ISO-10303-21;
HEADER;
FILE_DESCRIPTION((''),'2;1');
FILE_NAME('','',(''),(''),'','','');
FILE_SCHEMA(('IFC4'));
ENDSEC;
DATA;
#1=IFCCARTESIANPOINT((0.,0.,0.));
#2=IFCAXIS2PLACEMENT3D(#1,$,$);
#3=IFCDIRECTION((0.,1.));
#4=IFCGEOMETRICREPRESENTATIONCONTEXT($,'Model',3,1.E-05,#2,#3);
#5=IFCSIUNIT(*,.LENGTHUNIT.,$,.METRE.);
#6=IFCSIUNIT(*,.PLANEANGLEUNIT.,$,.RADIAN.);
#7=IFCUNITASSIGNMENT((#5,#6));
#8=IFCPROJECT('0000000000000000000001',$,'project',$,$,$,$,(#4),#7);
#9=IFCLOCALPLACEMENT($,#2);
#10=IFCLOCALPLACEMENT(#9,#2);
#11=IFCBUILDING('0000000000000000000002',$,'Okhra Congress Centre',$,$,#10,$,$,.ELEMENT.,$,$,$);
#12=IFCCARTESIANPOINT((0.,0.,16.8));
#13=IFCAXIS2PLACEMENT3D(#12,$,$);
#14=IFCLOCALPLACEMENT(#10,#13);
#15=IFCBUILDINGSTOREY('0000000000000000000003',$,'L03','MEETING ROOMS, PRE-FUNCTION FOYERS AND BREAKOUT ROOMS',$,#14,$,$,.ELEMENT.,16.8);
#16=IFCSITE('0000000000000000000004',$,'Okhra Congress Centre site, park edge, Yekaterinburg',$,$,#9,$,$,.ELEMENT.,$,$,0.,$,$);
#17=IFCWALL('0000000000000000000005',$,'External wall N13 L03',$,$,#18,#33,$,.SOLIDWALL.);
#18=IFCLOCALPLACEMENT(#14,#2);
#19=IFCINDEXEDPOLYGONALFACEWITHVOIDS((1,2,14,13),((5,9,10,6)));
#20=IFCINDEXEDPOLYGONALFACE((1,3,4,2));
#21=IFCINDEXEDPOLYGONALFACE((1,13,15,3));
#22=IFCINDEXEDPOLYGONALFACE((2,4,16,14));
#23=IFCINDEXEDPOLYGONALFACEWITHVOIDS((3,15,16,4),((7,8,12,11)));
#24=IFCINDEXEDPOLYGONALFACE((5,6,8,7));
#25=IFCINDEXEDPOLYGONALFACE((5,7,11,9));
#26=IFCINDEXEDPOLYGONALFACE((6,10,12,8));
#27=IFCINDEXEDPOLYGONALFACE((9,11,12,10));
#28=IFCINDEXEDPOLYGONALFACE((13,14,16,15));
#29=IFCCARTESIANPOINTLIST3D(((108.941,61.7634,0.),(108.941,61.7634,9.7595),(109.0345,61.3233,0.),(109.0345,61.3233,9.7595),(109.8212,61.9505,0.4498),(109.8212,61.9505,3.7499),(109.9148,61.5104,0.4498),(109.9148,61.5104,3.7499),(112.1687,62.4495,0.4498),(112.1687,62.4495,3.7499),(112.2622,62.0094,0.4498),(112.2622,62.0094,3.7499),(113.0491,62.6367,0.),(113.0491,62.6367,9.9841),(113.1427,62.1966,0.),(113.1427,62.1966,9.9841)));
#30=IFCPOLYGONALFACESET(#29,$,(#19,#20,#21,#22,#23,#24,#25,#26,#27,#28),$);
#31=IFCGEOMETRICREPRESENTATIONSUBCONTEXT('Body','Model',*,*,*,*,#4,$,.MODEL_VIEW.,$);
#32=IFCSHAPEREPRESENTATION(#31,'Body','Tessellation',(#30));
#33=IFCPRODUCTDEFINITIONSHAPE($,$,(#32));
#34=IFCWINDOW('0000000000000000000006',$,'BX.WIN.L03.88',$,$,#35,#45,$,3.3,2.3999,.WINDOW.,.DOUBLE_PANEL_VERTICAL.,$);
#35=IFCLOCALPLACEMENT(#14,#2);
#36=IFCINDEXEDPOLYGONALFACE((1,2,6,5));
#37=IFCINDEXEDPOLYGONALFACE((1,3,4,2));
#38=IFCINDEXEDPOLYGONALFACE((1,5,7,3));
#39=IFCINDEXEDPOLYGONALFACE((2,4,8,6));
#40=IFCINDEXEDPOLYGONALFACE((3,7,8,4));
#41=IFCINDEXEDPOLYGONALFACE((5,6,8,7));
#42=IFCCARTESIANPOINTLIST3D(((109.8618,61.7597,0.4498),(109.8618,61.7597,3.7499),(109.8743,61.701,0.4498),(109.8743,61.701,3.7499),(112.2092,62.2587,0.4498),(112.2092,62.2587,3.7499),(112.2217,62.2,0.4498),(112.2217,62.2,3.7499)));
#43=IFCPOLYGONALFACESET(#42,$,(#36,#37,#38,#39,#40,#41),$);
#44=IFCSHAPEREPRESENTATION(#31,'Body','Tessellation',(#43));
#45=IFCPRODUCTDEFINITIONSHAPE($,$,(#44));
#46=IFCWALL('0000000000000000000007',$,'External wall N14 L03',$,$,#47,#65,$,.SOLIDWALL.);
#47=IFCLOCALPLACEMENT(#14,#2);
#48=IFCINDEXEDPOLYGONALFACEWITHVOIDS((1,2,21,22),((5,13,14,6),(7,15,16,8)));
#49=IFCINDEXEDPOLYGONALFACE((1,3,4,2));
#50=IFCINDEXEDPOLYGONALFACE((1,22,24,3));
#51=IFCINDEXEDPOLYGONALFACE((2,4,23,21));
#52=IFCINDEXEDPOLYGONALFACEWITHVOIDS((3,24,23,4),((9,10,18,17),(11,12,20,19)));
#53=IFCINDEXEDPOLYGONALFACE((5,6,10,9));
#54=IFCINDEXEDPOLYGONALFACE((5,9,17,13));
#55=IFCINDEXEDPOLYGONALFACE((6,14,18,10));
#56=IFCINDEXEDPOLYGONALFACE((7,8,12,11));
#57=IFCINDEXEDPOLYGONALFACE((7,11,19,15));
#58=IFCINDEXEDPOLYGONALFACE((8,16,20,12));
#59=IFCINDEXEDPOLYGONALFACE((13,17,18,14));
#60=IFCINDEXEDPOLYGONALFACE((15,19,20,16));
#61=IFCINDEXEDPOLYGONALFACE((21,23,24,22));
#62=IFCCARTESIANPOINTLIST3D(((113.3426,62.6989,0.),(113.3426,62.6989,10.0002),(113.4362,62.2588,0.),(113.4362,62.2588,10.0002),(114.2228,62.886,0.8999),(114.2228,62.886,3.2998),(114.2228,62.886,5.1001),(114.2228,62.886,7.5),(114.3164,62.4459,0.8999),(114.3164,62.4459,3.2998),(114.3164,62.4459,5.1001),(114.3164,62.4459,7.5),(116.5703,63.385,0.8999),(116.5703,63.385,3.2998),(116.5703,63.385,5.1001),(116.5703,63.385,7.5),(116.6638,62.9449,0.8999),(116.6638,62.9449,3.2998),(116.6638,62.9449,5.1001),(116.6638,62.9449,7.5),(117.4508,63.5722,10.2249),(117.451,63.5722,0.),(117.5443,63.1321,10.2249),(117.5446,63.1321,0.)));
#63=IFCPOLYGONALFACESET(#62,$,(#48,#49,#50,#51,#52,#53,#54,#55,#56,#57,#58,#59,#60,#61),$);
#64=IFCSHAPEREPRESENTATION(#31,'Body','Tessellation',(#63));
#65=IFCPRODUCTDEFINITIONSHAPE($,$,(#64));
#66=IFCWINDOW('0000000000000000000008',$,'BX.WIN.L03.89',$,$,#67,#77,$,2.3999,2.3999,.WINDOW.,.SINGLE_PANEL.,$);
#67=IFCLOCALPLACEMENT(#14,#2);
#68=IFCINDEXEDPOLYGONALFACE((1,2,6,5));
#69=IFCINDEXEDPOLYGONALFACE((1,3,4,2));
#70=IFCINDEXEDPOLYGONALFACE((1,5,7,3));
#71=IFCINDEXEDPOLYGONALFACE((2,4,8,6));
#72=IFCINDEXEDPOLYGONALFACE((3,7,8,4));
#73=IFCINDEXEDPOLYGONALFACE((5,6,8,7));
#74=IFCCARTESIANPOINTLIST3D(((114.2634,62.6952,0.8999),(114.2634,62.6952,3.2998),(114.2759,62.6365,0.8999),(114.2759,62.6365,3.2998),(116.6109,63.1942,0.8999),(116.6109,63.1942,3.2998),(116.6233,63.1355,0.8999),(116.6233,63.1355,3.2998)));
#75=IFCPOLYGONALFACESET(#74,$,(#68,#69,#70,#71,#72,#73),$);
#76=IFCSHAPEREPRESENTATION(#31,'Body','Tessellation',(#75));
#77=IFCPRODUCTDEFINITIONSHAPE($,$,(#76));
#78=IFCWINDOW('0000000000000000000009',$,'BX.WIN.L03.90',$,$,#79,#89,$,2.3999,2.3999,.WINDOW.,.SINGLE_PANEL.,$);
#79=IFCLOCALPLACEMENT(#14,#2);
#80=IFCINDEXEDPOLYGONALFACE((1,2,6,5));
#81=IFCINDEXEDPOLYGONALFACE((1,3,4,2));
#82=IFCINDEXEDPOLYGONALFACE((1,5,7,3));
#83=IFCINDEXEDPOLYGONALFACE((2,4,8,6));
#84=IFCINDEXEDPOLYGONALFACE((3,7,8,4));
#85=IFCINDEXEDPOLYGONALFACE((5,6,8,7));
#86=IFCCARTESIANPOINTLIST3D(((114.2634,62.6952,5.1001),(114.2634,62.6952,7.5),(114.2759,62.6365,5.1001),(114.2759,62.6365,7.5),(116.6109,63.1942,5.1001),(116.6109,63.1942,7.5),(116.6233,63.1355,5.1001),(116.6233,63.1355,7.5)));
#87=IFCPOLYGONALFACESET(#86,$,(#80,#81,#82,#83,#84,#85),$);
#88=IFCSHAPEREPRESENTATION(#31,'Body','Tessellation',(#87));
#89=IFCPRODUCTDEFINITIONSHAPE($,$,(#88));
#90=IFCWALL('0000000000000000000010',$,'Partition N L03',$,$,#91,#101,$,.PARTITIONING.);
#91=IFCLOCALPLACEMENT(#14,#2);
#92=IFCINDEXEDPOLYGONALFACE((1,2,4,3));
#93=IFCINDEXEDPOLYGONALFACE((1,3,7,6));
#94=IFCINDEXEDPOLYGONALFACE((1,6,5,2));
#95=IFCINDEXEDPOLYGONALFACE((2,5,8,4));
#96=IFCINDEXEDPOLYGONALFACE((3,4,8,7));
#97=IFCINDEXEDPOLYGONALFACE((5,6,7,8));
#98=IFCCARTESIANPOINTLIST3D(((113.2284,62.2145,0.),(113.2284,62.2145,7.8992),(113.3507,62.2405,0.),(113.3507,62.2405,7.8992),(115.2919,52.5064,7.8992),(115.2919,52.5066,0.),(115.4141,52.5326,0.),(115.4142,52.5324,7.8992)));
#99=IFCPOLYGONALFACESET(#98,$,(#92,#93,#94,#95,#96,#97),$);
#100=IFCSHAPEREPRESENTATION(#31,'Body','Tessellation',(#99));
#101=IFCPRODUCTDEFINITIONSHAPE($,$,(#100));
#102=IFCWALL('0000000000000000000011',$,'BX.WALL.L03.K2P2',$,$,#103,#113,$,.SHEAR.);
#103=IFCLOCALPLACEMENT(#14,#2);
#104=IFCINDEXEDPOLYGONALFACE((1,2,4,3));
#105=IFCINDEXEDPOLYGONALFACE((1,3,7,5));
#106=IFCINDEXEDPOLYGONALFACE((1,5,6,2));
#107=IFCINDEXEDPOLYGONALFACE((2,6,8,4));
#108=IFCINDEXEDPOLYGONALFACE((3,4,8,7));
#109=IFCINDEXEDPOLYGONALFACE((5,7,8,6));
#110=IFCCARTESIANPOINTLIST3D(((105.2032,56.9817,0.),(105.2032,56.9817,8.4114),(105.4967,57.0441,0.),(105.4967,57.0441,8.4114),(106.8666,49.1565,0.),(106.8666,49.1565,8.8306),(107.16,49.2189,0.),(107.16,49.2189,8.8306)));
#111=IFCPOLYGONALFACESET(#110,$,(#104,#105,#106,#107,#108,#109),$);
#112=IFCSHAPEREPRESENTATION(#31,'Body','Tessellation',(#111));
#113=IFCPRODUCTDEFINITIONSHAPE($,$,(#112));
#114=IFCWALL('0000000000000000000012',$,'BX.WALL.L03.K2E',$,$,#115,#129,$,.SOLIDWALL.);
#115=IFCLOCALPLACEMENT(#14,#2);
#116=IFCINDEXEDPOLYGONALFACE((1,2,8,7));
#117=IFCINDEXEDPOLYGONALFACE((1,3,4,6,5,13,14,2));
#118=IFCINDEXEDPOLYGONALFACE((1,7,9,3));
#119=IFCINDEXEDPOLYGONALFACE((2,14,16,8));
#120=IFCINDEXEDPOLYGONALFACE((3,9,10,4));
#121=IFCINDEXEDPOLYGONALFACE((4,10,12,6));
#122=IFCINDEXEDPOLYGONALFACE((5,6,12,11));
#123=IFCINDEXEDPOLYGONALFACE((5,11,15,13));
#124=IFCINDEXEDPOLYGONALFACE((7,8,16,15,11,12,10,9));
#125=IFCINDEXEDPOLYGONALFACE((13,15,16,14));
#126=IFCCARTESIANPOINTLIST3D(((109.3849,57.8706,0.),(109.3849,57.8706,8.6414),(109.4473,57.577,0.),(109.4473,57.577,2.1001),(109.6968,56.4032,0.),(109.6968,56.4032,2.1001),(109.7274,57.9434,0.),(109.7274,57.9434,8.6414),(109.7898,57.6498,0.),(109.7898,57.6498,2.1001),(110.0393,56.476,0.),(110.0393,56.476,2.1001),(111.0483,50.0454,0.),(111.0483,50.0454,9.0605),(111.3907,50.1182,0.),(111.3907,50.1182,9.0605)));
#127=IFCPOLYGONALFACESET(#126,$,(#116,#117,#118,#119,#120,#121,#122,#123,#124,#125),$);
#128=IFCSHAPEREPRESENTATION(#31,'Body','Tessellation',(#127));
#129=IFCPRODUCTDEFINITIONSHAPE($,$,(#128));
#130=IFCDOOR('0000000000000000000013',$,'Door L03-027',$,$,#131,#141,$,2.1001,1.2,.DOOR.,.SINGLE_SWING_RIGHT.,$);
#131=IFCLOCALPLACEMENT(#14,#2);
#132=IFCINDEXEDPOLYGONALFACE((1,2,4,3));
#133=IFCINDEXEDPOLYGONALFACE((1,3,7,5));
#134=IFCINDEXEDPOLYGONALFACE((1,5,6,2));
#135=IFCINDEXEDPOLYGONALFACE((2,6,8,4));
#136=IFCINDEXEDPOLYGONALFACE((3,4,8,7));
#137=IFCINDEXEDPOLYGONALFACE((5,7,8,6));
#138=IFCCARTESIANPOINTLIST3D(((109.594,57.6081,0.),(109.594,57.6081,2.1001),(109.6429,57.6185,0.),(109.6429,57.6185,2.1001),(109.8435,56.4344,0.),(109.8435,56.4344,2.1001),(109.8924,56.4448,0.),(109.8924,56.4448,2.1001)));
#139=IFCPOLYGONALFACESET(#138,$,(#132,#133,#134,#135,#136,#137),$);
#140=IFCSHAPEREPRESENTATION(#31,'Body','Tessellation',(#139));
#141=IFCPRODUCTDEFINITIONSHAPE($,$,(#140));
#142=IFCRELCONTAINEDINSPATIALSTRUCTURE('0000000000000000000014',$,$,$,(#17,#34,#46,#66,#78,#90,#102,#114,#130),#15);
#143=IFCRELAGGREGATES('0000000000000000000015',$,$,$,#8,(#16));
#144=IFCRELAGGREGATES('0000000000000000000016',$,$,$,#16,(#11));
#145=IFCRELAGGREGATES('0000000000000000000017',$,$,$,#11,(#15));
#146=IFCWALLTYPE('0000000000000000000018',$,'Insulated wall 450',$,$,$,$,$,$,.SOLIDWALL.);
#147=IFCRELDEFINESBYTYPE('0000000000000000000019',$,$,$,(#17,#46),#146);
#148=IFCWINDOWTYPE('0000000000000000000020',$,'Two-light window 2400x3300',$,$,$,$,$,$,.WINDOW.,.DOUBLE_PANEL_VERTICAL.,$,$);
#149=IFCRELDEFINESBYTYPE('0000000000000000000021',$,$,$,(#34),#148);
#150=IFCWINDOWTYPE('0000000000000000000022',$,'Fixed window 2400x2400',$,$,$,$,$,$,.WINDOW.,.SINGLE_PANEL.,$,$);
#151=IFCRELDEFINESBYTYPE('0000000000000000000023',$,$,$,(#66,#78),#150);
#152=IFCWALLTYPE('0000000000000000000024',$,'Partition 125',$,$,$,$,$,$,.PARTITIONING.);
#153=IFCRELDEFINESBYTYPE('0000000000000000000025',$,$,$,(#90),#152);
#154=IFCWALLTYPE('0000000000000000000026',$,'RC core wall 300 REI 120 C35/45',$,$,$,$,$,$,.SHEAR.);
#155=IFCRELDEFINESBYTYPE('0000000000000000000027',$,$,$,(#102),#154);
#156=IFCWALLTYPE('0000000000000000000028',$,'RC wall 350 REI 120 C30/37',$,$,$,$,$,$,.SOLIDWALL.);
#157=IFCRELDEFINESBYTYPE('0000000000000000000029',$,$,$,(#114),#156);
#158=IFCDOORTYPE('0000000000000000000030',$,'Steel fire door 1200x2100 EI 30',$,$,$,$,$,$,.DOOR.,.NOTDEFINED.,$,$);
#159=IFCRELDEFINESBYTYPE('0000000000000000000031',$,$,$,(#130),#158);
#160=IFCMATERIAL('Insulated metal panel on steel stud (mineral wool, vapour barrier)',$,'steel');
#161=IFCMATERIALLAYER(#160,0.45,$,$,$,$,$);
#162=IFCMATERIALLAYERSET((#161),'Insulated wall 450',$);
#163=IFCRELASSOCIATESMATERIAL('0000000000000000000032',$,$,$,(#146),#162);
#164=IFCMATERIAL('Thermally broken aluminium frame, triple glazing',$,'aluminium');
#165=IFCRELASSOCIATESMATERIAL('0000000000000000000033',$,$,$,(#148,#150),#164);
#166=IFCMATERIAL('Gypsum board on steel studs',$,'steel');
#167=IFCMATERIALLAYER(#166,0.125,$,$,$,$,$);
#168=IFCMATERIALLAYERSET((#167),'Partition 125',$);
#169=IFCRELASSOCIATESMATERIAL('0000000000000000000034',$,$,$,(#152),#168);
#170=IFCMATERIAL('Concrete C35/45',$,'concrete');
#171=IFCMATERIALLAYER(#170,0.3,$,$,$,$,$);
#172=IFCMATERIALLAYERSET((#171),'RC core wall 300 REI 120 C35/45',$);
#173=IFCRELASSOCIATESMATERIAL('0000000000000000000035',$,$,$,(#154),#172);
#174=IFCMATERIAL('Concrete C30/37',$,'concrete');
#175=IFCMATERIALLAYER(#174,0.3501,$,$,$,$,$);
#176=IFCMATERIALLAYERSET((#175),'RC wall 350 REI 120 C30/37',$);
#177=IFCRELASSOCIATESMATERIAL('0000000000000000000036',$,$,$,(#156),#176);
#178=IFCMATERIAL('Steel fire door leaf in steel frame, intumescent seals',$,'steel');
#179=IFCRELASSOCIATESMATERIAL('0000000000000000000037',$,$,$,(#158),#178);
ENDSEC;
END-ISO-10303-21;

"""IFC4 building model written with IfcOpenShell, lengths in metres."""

from ifc_helpers import new_model, si_unit, direction, frame, frame_2d, origin, place, context, subcontext, project, spatial, polyline, rectangle, outline, extrude, material, layer, layer_set, type_object, element, fill, save


model = new_model("IFC4")

# Units and contexts
model_context = context("Model", 3, precision=1e-05, world=origin(), true_north=direction((0.0, 1.0)))
body_context = subcontext(model_context, "Body", "Model", "MODEL_VIEW")
ifc_project = project(units=[si_unit("LENGTHUNIT", "METRE"), si_unit("PLANEANGLEUNIT", "RADIAN")], contexts=[model_context])

# Site, building, storey
site_placement = place(None, origin())
site = spatial("IfcSite", under=ifc_project, at=site_placement, Name="Okhra Congress Centre site, park edge, Yekaterinburg", CompositionType="ELEMENT", RefElevation=0.0)
building_placement = place(site_placement, origin())
building = spatial("IfcBuilding", under=site, at=building_placement, Name="Okhra Congress Centre", CompositionType="ELEMENT")
storey_placement = place(building_placement, frame((0.0, 0.0, 16.8)))
storey = spatial("IfcBuildingStorey", under=building, at=storey_placement, Name="L03", Description="MEETING ROOMS, PRE-FUNCTION FOYERS AND BREAKOUT ROOMS", CompositionType="ELEMENT", Elevation=16.8)

# Wall, opening, window
ifc_material_1 = material(Name="Insulated metal panel on steel stud (mineral wool, vapour barrier)", Category="steel")
ifc_layer_1 = layer(ifc_material_1, 0.45)
ifc_layer_set_1 = layer_set([ifc_layer_1], Name="Insulated wall 450")
wall_type_1 = type_object("IfcWallType", Name="Insulated wall 450", PredefinedType="SOLIDWALL", material=ifc_layer_set_1)
wall_1_placement = place(storey_placement, frame((108.9878, 61.5432, 0.0), z_axis=(0.0, 0.0, 1.0), x_axis=(0.978144, 0.207929, 0.0)))
wall_1 = element("IfcWall", 1, at=wall_1_placement, inside=storey, type_object=wall_type_1, Name="External wall N13 L03", PredefinedType="SOLIDWALL", context=body_context, shape_type="SweptSolid", body=[
    extrude(outline(polyline([(0.0, 0.0), (4.2, 0.0), (4.2, 9.9841), (0.0, 9.7595), (0.0, 0.0)])), frame((0.0, 0.2251, 0.0), z_axis=(0.0, -1.0, 0.0), x_axis=(1.0, 0.0, 0.0)), (0.0, 0.0, 1.0), 0.45),
])
opening_1_placement = place(wall_1_placement, frame((0.8999, 0.0, 0.45)))
opening_1 = element("IfcOpeningElement", 2, at=opening_1_placement, cuts=wall_1, PredefinedType="OPENING", context=body_context, shape_type="SweptSolid", body=[
    extrude(rectangle(XDim=2.3999, YDim=3.3, at=frame_2d((1.2, 1.6499))), frame((0.0, 0.2349, 0.0), z_axis=(0.0, -1.0, 0.0), x_axis=(1.0, 0.0, 0.0)), (0.0, 0.0, 1.0), 0.47),
])
ifc_material_2 = material(Name="Thermally broken aluminium frame, triple glazing", Category="aluminium")
window_type_1 = type_object("IfcWindowType", Name="Two-light window 2400x3300", PartitioningType="DOUBLE_PANEL_VERTICAL", PredefinedType="WINDOW", material=ifc_material_2)
window_1_placement = place(opening_1_placement, origin())
window_1 = element("IfcWindow", 3, at=window_1_placement, inside=storey, type_object=window_type_1, Name="BX.WIN.L03.88", OverallHeight=3.3, OverallWidth=2.3999, PartitioningType="DOUBLE_PANEL_VERTICAL", PredefinedType="WINDOW", context=body_context, shape_type="SweptSolid", body=[
    extrude(rectangle(XDim=2.3999, YDim=3.3, at=frame_2d((1.2, 1.6499))), frame((0.0, 0.03, 0.0), z_axis=(0.0, -1.0, 0.0), x_axis=(1.0, 0.0, 0.0)), (0.0, 0.0, 1.0), 0.0601),
])
fill(opening_1, window_1)

# Wall, openings, windows
wall_2_placement = place(storey_placement, frame((113.3894, 62.4788, 0.0), z_axis=(0.0, 0.0, 1.0), x_axis=(0.978146, 0.207917, 0.0)))
wall_2 = element("IfcWall", 4, at=wall_2_placement, inside=storey, type_object=wall_type_1, Name="External wall N14 L03", PredefinedType="SOLIDWALL", context=body_context, shape_type="SweptSolid", body=[
    extrude(outline(polyline([(0.0, 0.0), (4.2002, 0.0), (4.2, 10.2249), (0.0, 10.0002), (0.0, 0.0)])), frame((0.0, 0.2251, 0.0), z_axis=(0.0, -1.0, 0.0), x_axis=(1.0, 0.0, 0.0)), (0.0, 0.0, 1.0), 0.45),
])
opening_2_placement = place(wall_2_placement, frame((0.8999, 0.0, 0.8999)))
opening_2 = element("IfcOpeningElement", 5, at=opening_2_placement, cuts=wall_2, PredefinedType="OPENING", context=body_context, shape_type="SweptSolid", body=[
    extrude(rectangle(XDim=2.3999, YDim=2.3999, at=frame_2d((1.2, 1.2))), frame((0.0, 0.2349, 0.0), z_axis=(0.0, -1.0, 0.0), x_axis=(1.0, 0.0, 0.0)), (0.0, 0.0, 1.0), 0.47),
])
opening_3_placement = place(wall_2_placement, frame((0.8999, 0.0, 5.1001)))
opening_3 = element("IfcOpeningElement", 6, at=opening_3_placement, cuts=wall_2, PredefinedType="OPENING", context=body_context, shape_type="SweptSolid", body=[
    extrude(rectangle(XDim=2.3999, YDim=2.3999, at=frame_2d((1.2, 1.2))), frame((0.0, 0.2349, 0.0), z_axis=(0.0, -1.0, 0.0), x_axis=(1.0, 0.0, 0.0)), (0.0, 0.0, 1.0), 0.47),
])
window_type_2 = type_object("IfcWindowType", Name="Fixed window 2400x2400", PartitioningType="SINGLE_PANEL", PredefinedType="WINDOW", material=ifc_material_2)
window_2_placement = place(opening_2_placement, origin())
window_2 = element("IfcWindow", 7, at=window_2_placement, inside=storey, type_object=window_type_2, Name="BX.WIN.L03.89", OverallHeight=2.3999, OverallWidth=2.3999, PartitioningType="SINGLE_PANEL", PredefinedType="WINDOW", context=body_context, shape_type="SweptSolid", body=[
    extrude(rectangle(XDim=2.3999, YDim=2.3999, at=frame_2d((1.2, 1.2))), frame((0.0, 0.03, 0.0), z_axis=(0.0, -1.0, 0.0), x_axis=(1.0, 0.0, 0.0)), (0.0, 0.0, 1.0), 0.0601),
])
fill(opening_2, window_2)
window_3_placement = place(opening_3_placement, origin())
window_3 = element("IfcWindow", 8, at=window_3_placement, inside=storey, type_object=window_type_2, Name="BX.WIN.L03.90", OverallHeight=2.3999, OverallWidth=2.3999, PartitioningType="SINGLE_PANEL", PredefinedType="WINDOW", context=body_context, shape_type="SweptSolid", body=[
    extrude(rectangle(XDim=2.3999, YDim=2.3999, at=frame_2d((1.2, 1.2))), frame((0.0, 0.03, 0.0), z_axis=(0.0, -1.0, 0.0), x_axis=(1.0, 0.0, 0.0)), (0.0, 0.0, 1.0), 0.0601),
])
fill(opening_3, window_3)

# Walls
ifc_material_3 = material(Name="Gypsum board on steel studs", Category="steel")
ifc_layer_2 = layer(ifc_material_3, 0.125)
ifc_layer_set_2 = layer_set([ifc_layer_2], Name="Partition 125")
wall_type_2 = type_object("IfcWallType", Name="Partition 125", PredefinedType="PARTITIONING", material=ifc_layer_set_2)
wall_3_placement = place(storey_placement, frame((113.2896, 62.2275, 0.0), z_axis=(0.0, 0.0, 1.0), x_axis=(0.207909, -0.978148, 0.0)))
element("IfcWall", 9, at=wall_3_placement, inside=storey, type_object=wall_type_2, Name="Partition N L03", PredefinedType="PARTITIONING", context=body_context, shape_type="SweptSolid", body=[
    extrude(outline(polyline([(0.0, 0.0), (9.9248, 0.0), (9.925, 7.8992), (0.0, 7.8992), (0.0, 0.0)])), frame((0.0, 0.0625, 0.0), z_axis=(0.0, -1.0, 0.0), x_axis=(1.0, 0.0, 0.0)), (0.0, 0.0, 1.0), 0.125),
])
ifc_material_4 = material(Name="Concrete C35/45", Category="concrete")
ifc_layer_3 = layer(ifc_material_4, 0.3)
ifc_layer_set_3 = layer_set([ifc_layer_3], Name="RC core wall 300 REI 120 C35/45")
wall_type_3 = type_object("IfcWallType", Name="RC core wall 300 REI 120 C35/45", PredefinedType="SHEAR", material=ifc_layer_set_3)
wall_4_placement = place(storey_placement, frame((105.3501, 57.0129, 0.0), z_axis=(0.0, 0.0, 1.0), x_axis=(0.207916, -0.978147, 0.0)))
element("IfcWall", 10, at=wall_4_placement, inside=storey, type_object=wall_type_3, Name="BX.WALL.L03.K2P2", PredefinedType="SHEAR", context=body_context, shape_type="SweptSolid", body=[
    extrude(outline(polyline([(0.0, 0.0), (8.0, 0.0), (8.0, 8.8306), (0.0, 8.4114), (0.0, 0.0)])), frame((0.0, 0.1499, 0.0), z_axis=(0.0, -1.0, 0.0), x_axis=(1.0, 0.0, 0.0)), (0.0, 0.0, 1.0), 0.3),
])

# Wall, opening, door
ifc_material_5 = material(Name="Concrete C30/37", Category="concrete")
ifc_layer_4 = layer(ifc_material_5, 0.3501)
ifc_layer_set_4 = layer_set([ifc_layer_4], Name="RC wall 350 REI 120 C30/37")
wall_type_4 = type_object("IfcWallType", Name="RC wall 350 REI 120 C30/37", PredefinedType="SOLIDWALL", material=ifc_layer_set_4)
wall_5_placement = place(storey_placement, frame((109.5562, 57.907, 0.0), z_axis=(0.0, 0.0, 1.0), x_axis=(0.207916, -0.978147, 0.0)))
wall_5 = element("IfcWall", 11, at=wall_5_placement, inside=storey, type_object=wall_type_4, Name="BX.WALL.L03.K2E", PredefinedType="SOLIDWALL", context=body_context, shape_type="SweptSolid", body=[
    extrude(outline(polyline([(0.0, 0.0), (8.0, 0.0), (8.0, 9.0605), (0.0, 8.6414), (0.0, 0.0)])), frame((0.0, 0.175, 0.0), z_axis=(0.0, -1.0, 0.0), x_axis=(1.0, 0.0, 0.0)), (0.0, 0.0, 1.0), 0.3501),
])
opening_4_placement = place(wall_5_placement, frame((0.3, 0.0, 0.0)))
opening_4 = element("IfcOpeningElement", 12, at=opening_4_placement, cuts=wall_5, PredefinedType="OPENING", context=body_context, shape_type="SweptSolid", body=[
    extrude(rectangle(XDim=1.2, YDim=2.1001, at=frame_2d((0.6001, 1.05))), frame((0.0, 0.1851, 0.0), z_axis=(0.0, -1.0, 0.0), x_axis=(1.0, 0.0, 0.0)), (0.0, 0.0, 1.0), 0.3701),
])
ifc_material_6 = material(Name="Steel fire door leaf in steel frame, intumescent seals", Category="steel")
door_type = type_object("IfcDoorType", Name="Steel fire door 1200x2100 EI 30", OperationType="NOTDEFINED", PredefinedType="DOOR", material=ifc_material_6)
door_placement = place(opening_4_placement, origin())
door = element("IfcDoor", 13, at=door_placement, inside=storey, type_object=door_type, Name="Door L03-027", OperationType="SINGLE_SWING_RIGHT", OverallHeight=2.1001, OverallWidth=1.2, PredefinedType="DOOR", context=body_context, shape_type="SweptSolid", body=[
    extrude(rectangle(XDim=1.2, YDim=2.1001, at=frame_2d((0.6001, 1.05))), frame((0.0, 0.0249, 0.0), z_axis=(0.0, -1.0, 0.0), x_axis=(1.0, 0.0, 0.0)), (0.0, 0.0, 1.0), 0.05),
])
fill(opening_4, door)

save(model, "model.ifc")
